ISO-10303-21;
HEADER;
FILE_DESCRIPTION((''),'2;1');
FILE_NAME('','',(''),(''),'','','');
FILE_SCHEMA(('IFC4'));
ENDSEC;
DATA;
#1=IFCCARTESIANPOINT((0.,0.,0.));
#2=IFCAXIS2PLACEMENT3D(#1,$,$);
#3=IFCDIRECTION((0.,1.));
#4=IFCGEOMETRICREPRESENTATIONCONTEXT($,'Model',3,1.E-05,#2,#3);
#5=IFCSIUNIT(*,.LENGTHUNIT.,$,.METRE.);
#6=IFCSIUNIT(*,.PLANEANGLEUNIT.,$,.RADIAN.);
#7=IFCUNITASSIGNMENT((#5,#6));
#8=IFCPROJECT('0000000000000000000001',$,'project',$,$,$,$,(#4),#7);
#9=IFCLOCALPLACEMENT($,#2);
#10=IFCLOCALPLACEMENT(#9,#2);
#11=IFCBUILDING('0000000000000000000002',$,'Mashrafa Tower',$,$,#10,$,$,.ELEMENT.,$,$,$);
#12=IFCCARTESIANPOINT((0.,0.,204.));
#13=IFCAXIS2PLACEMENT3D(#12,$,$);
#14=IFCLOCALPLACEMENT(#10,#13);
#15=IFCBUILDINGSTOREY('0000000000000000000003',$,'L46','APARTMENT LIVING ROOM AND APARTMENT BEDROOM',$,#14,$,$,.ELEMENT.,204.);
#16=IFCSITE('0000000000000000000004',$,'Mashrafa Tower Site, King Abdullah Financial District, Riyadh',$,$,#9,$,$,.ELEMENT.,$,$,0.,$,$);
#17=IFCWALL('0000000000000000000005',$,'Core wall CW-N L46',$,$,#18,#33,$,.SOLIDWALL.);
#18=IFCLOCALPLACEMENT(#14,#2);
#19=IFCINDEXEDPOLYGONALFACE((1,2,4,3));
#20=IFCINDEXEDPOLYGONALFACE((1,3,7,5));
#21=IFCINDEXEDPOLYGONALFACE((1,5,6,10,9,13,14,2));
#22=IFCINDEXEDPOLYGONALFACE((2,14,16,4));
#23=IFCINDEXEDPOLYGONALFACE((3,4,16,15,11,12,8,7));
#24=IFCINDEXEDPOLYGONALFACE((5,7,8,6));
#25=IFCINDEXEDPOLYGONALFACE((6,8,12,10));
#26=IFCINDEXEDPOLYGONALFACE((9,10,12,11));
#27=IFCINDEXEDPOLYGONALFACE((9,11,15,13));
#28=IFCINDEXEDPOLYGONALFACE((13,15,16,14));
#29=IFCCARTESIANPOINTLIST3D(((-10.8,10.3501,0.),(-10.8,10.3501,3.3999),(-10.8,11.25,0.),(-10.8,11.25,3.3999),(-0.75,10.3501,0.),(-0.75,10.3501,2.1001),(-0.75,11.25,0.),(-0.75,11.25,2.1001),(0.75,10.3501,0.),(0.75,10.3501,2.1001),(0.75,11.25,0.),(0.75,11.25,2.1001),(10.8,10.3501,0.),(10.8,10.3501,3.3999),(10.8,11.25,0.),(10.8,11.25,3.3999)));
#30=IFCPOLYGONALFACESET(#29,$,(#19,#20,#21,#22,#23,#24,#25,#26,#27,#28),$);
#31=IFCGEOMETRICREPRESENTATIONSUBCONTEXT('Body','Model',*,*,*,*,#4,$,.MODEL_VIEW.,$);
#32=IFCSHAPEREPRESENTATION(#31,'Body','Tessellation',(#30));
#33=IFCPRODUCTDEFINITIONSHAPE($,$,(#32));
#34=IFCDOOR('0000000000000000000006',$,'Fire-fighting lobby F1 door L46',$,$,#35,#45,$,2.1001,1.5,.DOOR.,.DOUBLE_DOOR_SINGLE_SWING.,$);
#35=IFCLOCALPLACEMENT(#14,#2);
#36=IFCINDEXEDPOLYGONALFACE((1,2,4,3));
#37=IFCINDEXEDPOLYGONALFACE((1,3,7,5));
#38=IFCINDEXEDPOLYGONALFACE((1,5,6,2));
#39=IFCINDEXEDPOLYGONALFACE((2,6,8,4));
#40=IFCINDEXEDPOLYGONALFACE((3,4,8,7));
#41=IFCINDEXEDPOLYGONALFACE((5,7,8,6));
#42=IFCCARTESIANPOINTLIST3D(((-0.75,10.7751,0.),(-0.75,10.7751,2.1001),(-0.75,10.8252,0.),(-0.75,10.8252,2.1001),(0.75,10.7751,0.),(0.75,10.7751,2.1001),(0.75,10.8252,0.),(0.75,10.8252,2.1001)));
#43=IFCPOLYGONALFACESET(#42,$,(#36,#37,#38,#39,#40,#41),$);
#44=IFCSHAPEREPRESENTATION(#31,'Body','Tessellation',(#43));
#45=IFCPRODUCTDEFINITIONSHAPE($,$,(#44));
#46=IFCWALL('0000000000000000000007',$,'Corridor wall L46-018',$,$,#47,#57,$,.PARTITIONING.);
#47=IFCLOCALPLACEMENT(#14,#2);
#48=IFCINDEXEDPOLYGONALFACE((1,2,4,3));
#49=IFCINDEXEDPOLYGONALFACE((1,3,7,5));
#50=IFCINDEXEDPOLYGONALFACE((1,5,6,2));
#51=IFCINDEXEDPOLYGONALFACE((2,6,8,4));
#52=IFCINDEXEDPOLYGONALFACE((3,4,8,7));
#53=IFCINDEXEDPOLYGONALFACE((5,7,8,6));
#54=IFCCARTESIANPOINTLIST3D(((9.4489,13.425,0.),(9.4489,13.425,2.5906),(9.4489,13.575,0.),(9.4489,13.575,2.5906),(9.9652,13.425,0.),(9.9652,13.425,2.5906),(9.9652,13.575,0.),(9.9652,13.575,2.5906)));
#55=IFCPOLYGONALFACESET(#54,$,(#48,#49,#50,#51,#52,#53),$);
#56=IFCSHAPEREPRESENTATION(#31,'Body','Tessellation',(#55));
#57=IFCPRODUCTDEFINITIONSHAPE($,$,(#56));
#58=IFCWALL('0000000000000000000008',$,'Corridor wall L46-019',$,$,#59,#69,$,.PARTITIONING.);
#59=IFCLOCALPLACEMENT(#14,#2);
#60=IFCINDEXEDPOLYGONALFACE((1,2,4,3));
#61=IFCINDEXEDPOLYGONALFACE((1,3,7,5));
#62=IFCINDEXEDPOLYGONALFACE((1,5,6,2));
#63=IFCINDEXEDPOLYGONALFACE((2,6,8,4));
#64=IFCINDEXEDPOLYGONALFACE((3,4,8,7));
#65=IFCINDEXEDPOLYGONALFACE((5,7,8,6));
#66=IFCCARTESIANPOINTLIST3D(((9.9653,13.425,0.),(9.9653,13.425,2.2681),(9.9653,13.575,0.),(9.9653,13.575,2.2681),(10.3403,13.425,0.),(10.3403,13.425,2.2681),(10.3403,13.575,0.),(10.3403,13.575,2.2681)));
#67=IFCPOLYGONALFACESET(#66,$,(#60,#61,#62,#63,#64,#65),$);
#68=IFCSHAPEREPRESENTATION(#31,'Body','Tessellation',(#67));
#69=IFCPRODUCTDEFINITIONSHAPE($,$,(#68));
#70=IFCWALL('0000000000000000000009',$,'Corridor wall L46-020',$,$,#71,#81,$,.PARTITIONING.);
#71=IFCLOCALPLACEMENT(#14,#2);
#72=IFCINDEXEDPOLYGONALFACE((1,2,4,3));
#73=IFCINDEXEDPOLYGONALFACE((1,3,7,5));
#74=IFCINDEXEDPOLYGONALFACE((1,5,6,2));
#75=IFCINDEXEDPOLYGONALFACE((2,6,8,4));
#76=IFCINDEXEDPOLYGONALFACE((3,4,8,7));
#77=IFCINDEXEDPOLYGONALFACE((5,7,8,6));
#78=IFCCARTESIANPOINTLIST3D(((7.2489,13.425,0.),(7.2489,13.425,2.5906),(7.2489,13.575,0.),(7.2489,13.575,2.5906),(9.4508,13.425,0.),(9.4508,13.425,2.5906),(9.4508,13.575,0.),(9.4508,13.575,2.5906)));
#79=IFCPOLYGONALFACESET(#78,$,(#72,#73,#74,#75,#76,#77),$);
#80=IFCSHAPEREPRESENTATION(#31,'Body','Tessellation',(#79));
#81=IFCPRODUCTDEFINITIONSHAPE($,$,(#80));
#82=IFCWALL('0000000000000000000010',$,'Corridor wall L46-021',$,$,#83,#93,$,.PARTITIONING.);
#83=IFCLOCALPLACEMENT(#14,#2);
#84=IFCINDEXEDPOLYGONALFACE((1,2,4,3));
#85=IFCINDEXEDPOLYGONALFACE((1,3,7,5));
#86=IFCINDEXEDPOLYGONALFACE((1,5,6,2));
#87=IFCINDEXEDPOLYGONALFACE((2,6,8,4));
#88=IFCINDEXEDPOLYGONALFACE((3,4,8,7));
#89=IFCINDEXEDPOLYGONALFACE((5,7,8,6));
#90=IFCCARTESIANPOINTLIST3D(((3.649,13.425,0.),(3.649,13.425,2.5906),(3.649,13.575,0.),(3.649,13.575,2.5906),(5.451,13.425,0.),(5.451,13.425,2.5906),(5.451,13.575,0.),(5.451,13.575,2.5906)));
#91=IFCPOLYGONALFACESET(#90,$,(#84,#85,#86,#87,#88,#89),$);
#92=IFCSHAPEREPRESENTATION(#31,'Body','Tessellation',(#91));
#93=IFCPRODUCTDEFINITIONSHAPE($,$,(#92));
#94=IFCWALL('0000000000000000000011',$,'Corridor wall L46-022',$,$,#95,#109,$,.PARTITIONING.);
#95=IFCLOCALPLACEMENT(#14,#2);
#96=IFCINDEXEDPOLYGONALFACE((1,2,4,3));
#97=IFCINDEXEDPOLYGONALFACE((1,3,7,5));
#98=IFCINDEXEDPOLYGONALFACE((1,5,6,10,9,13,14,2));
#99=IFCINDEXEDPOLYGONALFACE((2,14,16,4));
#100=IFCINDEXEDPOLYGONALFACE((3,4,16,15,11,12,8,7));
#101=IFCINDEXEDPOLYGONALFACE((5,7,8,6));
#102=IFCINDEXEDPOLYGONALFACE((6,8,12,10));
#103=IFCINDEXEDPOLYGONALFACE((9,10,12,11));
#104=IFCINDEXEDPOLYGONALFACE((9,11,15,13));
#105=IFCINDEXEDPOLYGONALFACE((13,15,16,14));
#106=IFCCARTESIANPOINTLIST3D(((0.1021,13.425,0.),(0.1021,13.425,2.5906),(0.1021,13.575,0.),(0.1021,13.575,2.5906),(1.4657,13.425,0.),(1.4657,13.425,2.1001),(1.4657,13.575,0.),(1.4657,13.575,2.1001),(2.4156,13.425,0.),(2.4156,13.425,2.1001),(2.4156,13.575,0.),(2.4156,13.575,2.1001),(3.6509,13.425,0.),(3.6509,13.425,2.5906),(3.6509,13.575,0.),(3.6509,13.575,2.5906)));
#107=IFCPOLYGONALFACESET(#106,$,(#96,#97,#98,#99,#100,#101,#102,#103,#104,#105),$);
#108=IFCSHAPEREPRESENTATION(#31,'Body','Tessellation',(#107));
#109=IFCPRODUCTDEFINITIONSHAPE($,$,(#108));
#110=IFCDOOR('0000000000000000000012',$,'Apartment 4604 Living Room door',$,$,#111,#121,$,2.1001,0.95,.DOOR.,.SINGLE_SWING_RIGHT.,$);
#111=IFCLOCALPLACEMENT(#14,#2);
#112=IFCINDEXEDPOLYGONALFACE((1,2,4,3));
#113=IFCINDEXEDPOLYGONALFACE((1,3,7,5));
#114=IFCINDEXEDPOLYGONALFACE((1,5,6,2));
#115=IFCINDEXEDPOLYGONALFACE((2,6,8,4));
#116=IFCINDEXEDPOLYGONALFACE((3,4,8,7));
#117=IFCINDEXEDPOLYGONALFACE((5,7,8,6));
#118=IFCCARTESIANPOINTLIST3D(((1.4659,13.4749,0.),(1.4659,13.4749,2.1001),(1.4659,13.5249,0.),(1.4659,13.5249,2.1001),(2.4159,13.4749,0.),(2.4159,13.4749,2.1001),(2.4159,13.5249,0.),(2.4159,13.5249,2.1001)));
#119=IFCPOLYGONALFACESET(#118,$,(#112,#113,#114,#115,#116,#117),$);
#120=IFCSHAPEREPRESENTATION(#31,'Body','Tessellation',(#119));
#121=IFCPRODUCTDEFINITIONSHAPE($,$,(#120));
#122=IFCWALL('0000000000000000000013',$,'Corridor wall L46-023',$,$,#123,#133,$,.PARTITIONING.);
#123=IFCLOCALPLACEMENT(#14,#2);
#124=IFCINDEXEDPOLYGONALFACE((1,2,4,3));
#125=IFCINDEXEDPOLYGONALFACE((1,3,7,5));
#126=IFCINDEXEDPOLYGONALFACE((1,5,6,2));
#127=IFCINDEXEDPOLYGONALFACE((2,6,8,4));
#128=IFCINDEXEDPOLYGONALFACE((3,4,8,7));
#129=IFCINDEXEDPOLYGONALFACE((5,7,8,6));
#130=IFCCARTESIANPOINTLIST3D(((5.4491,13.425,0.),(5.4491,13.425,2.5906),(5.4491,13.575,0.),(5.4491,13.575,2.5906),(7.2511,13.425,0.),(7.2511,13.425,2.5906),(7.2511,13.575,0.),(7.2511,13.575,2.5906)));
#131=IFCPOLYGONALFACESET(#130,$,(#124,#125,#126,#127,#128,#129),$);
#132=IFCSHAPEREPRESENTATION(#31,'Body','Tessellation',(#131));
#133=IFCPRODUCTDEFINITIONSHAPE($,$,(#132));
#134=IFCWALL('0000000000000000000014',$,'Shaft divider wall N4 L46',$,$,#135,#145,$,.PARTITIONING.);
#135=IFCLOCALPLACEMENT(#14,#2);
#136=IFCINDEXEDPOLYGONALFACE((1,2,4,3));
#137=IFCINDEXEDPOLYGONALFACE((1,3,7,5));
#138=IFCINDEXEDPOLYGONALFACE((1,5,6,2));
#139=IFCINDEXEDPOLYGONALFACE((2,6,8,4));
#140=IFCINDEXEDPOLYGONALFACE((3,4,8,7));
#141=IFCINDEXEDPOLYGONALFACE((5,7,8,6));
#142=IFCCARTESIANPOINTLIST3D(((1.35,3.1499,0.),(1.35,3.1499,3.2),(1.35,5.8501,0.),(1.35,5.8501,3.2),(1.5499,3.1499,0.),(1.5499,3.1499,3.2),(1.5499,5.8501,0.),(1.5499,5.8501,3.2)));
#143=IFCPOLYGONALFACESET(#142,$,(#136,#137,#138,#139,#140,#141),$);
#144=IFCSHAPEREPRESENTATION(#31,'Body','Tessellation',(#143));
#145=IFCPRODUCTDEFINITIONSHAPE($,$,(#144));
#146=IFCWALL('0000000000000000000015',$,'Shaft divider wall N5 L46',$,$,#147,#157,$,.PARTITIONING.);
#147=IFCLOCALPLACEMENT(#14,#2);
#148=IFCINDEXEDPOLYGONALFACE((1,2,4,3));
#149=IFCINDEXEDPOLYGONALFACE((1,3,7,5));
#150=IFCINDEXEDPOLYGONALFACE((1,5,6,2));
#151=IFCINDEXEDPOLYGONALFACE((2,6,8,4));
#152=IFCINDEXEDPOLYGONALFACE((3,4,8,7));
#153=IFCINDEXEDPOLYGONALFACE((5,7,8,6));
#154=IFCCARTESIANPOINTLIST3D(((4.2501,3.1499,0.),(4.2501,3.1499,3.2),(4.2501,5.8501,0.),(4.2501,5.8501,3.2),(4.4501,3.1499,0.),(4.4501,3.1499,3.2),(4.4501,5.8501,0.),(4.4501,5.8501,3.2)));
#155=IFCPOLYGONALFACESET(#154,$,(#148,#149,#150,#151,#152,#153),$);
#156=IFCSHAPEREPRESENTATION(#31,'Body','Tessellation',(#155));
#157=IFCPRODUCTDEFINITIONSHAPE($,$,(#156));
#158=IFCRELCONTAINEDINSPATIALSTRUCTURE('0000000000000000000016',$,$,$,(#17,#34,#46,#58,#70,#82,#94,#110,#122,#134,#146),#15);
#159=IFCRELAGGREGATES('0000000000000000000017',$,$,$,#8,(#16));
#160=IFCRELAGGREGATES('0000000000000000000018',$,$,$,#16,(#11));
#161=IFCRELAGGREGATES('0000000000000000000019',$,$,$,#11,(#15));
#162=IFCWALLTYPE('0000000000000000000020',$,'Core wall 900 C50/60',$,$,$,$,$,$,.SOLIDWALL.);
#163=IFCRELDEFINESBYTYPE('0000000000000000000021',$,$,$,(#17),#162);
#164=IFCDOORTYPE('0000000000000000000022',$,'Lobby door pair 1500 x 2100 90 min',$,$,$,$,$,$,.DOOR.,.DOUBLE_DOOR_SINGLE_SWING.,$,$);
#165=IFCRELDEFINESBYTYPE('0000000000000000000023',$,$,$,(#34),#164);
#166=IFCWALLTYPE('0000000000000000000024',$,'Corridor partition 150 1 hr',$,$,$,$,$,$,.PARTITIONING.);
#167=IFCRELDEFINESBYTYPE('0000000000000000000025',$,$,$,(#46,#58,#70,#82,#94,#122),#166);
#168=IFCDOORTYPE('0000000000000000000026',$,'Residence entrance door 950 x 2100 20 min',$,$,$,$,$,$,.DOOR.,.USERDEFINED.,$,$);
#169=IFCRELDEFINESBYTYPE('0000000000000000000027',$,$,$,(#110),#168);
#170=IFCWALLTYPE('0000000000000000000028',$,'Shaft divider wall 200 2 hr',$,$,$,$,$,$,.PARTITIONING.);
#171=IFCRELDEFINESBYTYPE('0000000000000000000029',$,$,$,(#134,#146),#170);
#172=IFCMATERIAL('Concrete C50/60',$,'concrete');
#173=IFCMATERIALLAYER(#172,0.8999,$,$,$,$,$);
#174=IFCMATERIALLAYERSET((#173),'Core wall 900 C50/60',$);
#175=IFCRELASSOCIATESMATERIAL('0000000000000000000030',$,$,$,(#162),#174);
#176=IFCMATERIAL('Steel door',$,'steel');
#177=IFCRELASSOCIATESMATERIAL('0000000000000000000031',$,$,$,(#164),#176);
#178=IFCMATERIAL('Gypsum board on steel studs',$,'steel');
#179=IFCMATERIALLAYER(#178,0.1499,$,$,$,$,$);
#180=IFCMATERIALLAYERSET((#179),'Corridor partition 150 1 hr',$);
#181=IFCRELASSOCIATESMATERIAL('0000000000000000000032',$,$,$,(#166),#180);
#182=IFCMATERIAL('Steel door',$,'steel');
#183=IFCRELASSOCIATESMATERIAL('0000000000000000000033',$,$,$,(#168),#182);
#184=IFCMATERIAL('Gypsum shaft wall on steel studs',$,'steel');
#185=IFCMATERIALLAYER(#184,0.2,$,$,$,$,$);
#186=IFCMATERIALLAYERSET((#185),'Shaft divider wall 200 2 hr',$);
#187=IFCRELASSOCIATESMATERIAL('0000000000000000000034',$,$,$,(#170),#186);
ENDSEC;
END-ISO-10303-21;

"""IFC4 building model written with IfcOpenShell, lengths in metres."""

from ifc_helpers import new_model, si_unit, direction, frame, frame_2d, origin, place, context, subcontext, project, spatial, rectangle, extrude, material, layer, layer_set, type_object, element, fill, save


model = new_model("IFC4")

# Units and contexts
model_context = context("Model", 3, precision=1e-05, world=origin(), true_north=direction((0.0, 1.0)))
body_context = subcontext(model_context, "Body", "Model", "MODEL_VIEW")
ifc_project = project(units=[si_unit("LENGTHUNIT", "METRE"), si_unit("PLANEANGLEUNIT", "RADIAN")], contexts=[model_context])

# Site, building, storey
site_placement = place(None, origin())
site = spatial("IfcSite", under=ifc_project, at=site_placement, Name="Mashrafa Tower Site, King Abdullah Financial District, Riyadh", CompositionType="ELEMENT", RefElevation=0.0)
building_placement = place(site_placement, origin())
building = spatial("IfcBuilding", under=site, at=building_placement, Name="Mashrafa Tower", CompositionType="ELEMENT")
storey_placement = place(building_placement, frame((0.0, 0.0, 204.0)))
storey = spatial("IfcBuildingStorey", under=building, at=storey_placement, Name="L46", Description="APARTMENT LIVING ROOM AND APARTMENT BEDROOM", CompositionType="ELEMENT", Elevation=204.0)

# Wall, opening, door
ifc_material_1 = material(Name="Concrete C50/60", Category="concrete")
ifc_layer_1 = layer(ifc_material_1, 0.8999)
ifc_layer_set_1 = layer_set([ifc_layer_1], Name="Core wall 900 C50/60")
wall_type_1 = type_object("IfcWallType", Name="Core wall 900 C50/60", PredefinedType="SOLIDWALL", material=ifc_layer_set_1)
wall_1_placement = place(storey_placement, frame((10.8, 10.8, 0.0), z_axis=(0.0, 0.0, 1.0), x_axis=(-1.0, 0.0, 0.0)))
wall_1 = element("IfcWall", 1, at=wall_1_placement, inside=storey, type_object=wall_type_1, Name="Core wall CW-N L46", PredefinedType="SOLIDWALL", context=body_context, shape_type="SweptSolid", body=[
    extrude(rectangle(XDim=21.6001, YDim=0.8999, at=frame_2d((10.8, 0.0))), origin(), (0.0, 0.0, 1.0), 3.3999),
])
opening_1_placement = place(wall_1_placement, frame((10.05, 0.0, 0.0)))
opening_1 = element("IfcOpeningElement", 2, at=opening_1_placement, cuts=wall_1, PredefinedType="OPENING", context=body_context, shape_type="SweptSolid", body=[
    extrude(rectangle(XDim=1.5, YDim=2.1001, at=frame_2d((0.75, 1.05))), frame((0.0, 0.46, 0.0), z_axis=(0.0, -1.0, 0.0), x_axis=(1.0, 0.0, 0.0)), (0.0, 0.0, 1.0), 0.9199),
])
ifc_material_2 = material(Name="Steel door", Category="steel")
door_type_1 = type_object("IfcDoorType", Name="Lobby door pair 1500 x 2100 90 min", OperationType="DOUBLE_DOOR_SINGLE_SWING", PredefinedType="DOOR", material=ifc_material_2)
door_1_placement = place(opening_1_placement, origin())
door_1 = element("IfcDoor", 3, at=door_1_placement, inside=storey, type_object=door_type_1, Name="Fire-fighting lobby F1 door L46", OperationType="DOUBLE_DOOR_SINGLE_SWING", OverallHeight=2.1001, OverallWidth=1.5, PredefinedType="DOOR", context=body_context, shape_type="SweptSolid", body=[
    extrude(rectangle(XDim=1.5, YDim=2.1001, at=frame_2d((0.75, 1.05))), frame((0.0, 0.0249, 0.0), z_axis=(0.0, -1.0, 0.0), x_axis=(1.0, 0.0, 0.0)), (0.0, 0.0, 1.0), 0.05),
])
fill(opening_1, door_1)

# Walls
ifc_material_3 = material(Name="Gypsum board on steel studs", Category="steel")
ifc_layer_2 = layer(ifc_material_3, 0.1499)
ifc_layer_set_2 = layer_set([ifc_layer_2], Name="Corridor partition 150 1 hr")
wall_type_2 = type_object("IfcWallType", Name="Corridor partition 150 1 hr", PredefinedType="PARTITIONING", material=ifc_layer_set_2)
wall_2_placement = place(storey_placement, frame((9.9653, 13.5, 0.0), z_axis=(0.0, 0.0, 1.0), x_axis=(-1.0, 0.0, 0.0)))
element("IfcWall", 4, at=wall_2_placement, inside=storey, type_object=wall_type_2, Name="Corridor wall L46-018", PredefinedType="PARTITIONING", context=body_context, shape_type="SweptSolid", body=[
    extrude(rectangle(XDim=0.5164, YDim=0.1499, at=frame_2d((0.2583, 0.0))), origin(), (0.0, 0.0, 1.0), 2.5906),
])
wall_3_placement = place(storey_placement, frame((10.3403, 13.5, 0.0), z_axis=(0.0, 0.0, 1.0), x_axis=(-1.0, 0.0, 0.0)))
element("IfcWall", 5, at=wall_3_placement, inside=storey, type_object=wall_type_2, Name="Corridor wall L46-019", PredefinedType="PARTITIONING", context=body_context, shape_type="SweptSolid", body=[
    extrude(rectangle(XDim=0.375, YDim=0.1499, at=frame_2d((0.1875, 0.0))), origin(), (0.0, 0.0, 1.0), 2.2681),
])
wall_4_placement = place(storey_placement, frame((9.4509, 13.5, 0.0), z_axis=(0.0, 0.0, 1.0), x_axis=(-1.0, 0.0, 0.0)))
element("IfcWall", 6, at=wall_4_placement, inside=storey, type_object=wall_type_2, Name="Corridor wall L46-020", PredefinedType="PARTITIONING", context=body_context, shape_type="SweptSolid", body=[
    extrude(rectangle(XDim=2.2019, YDim=0.1499, at=frame_2d((1.1011, 0.0))), origin(), (0.0, 0.0, 1.0), 2.5906),
])
wall_5_placement = place(storey_placement, frame((5.4509, 13.5, 0.0), z_axis=(0.0, 0.0, 1.0), x_axis=(-1.0, 0.0, 0.0)))
element("IfcWall", 7, at=wall_5_placement, inside=storey, type_object=wall_type_2, Name="Corridor wall L46-021", PredefinedType="PARTITIONING", context=body_context, shape_type="SweptSolid", body=[
    extrude(rectangle(XDim=1.802, YDim=0.1499, at=frame_2d((0.9009, 0.0))), origin(), (0.0, 0.0, 1.0), 2.5906),
])

# Wall, opening, door
wall_6_placement = place(storey_placement, frame((3.6509, 13.5, 0.0), z_axis=(0.0, 0.0, 1.0), x_axis=(-1.0, 0.0, 0.0)))
wall_6 = element("IfcWall", 8, at=wall_6_placement, inside=storey, type_object=wall_type_2, Name="Corridor wall L46-022", PredefinedType="PARTITIONING", context=body_context, shape_type="SweptSolid", body=[
    extrude(rectangle(XDim=3.5488, YDim=0.1499, at=frame_2d((1.7744, 0.0))), origin(), (0.0, 0.0, 1.0), 2.5906),
])
opening_2_placement = place(wall_6_placement, frame((1.2351, 0.0, 0.0)))
opening_2 = element("IfcOpeningElement", 9, at=opening_2_placement, cuts=wall_6, PredefinedType="OPENING", context=body_context, shape_type="SweptSolid", body=[
    extrude(rectangle(XDim=0.95, YDim=2.1001, at=frame_2d((0.4751, 1.05))), frame((0.0, 0.085, 0.0), z_axis=(0.0, -1.0, 0.0), x_axis=(1.0, 0.0, 0.0)), (0.0, 0.0, 1.0), 0.1699),
])
ifc_material_4 = material(Name="Steel door", Category="steel")
door_type_2 = type_object("IfcDoorType", Name="Residence entrance door 950 x 2100 20 min", OperationType="USERDEFINED", PredefinedType="DOOR", material=ifc_material_4)
door_2_placement = place(opening_2_placement, frame((0.95, 0.0, 0.0), z_axis=(0.0, 0.0, 1.0), x_axis=(-1.0, 0.0, 0.0)))
door_2 = element("IfcDoor", 10, at=door_2_placement, inside=storey, type_object=door_type_2, Name="Apartment 4604 Living Room door", OperationType="SINGLE_SWING_RIGHT", OverallHeight=2.1001, OverallWidth=0.95, PredefinedType="DOOR", context=body_context, shape_type="SweptSolid", body=[
    extrude(rectangle(XDim=0.95, YDim=2.1001, at=frame_2d((0.4751, 1.05))), frame((0.0, 0.0249, 0.0), z_axis=(0.0, -1.0, 0.0), x_axis=(1.0, 0.0, 0.0)), (0.0, 0.0, 1.0), 0.05),
])
fill(opening_2, door_2)

# Walls
wall_7_placement = place(storey_placement, frame((7.251, 13.5, 0.0), z_axis=(0.0, 0.0, 1.0), x_axis=(-1.0, 0.0, 0.0)))
element("IfcWall", 11, at=wall_7_placement, inside=storey, type_object=wall_type_2, Name="Corridor wall L46-023", PredefinedType="PARTITIONING", context=body_context, shape_type="SweptSolid", body=[
    extrude(rectangle(XDim=1.802, YDim=0.1499, at=frame_2d((0.9009, 0.0))), origin(), (0.0, 0.0, 1.0), 2.5906),
])
ifc_material_5 = material(Name="Gypsum shaft wall on steel studs", Category="steel")
ifc_layer_3 = layer(ifc_material_5, 0.2)
ifc_layer_set_3 = layer_set([ifc_layer_3], Name="Shaft divider wall 200 2 hr")
wall_type_3 = type_object("IfcWallType", Name="Shaft divider wall 200 2 hr", PredefinedType="PARTITIONING", material=ifc_layer_set_3)
for number, where, z_axis, x_axis, name in (
    (12, (1.45, 3.1499, 0.0), (0.0, 0.0, 1.0), (0.0, 1.0, 0.0), "Shaft divider wall N4 L46"),
    (13, (4.3501, 3.1499, 0.0), (0.0, 0.0, 1.0), (0.0, 1.0, 0.0), "Shaft divider wall N5 L46"),
):
    element("IfcWall", number, at=place(storey_placement, frame(where, z_axis=z_axis, x_axis=x_axis)), inside=storey, type_object=wall_type_3, Name=name, PredefinedType="PARTITIONING", context=body_context, shape_type="SweptSolid", body=[
        extrude(rectangle(XDim=2.7002, YDim=0.2, at=frame_2d((1.3501, 0.0))), origin(), (0.0, 0.0, 1.0), 3.2),
    ])

save(model, "model.ifc")
